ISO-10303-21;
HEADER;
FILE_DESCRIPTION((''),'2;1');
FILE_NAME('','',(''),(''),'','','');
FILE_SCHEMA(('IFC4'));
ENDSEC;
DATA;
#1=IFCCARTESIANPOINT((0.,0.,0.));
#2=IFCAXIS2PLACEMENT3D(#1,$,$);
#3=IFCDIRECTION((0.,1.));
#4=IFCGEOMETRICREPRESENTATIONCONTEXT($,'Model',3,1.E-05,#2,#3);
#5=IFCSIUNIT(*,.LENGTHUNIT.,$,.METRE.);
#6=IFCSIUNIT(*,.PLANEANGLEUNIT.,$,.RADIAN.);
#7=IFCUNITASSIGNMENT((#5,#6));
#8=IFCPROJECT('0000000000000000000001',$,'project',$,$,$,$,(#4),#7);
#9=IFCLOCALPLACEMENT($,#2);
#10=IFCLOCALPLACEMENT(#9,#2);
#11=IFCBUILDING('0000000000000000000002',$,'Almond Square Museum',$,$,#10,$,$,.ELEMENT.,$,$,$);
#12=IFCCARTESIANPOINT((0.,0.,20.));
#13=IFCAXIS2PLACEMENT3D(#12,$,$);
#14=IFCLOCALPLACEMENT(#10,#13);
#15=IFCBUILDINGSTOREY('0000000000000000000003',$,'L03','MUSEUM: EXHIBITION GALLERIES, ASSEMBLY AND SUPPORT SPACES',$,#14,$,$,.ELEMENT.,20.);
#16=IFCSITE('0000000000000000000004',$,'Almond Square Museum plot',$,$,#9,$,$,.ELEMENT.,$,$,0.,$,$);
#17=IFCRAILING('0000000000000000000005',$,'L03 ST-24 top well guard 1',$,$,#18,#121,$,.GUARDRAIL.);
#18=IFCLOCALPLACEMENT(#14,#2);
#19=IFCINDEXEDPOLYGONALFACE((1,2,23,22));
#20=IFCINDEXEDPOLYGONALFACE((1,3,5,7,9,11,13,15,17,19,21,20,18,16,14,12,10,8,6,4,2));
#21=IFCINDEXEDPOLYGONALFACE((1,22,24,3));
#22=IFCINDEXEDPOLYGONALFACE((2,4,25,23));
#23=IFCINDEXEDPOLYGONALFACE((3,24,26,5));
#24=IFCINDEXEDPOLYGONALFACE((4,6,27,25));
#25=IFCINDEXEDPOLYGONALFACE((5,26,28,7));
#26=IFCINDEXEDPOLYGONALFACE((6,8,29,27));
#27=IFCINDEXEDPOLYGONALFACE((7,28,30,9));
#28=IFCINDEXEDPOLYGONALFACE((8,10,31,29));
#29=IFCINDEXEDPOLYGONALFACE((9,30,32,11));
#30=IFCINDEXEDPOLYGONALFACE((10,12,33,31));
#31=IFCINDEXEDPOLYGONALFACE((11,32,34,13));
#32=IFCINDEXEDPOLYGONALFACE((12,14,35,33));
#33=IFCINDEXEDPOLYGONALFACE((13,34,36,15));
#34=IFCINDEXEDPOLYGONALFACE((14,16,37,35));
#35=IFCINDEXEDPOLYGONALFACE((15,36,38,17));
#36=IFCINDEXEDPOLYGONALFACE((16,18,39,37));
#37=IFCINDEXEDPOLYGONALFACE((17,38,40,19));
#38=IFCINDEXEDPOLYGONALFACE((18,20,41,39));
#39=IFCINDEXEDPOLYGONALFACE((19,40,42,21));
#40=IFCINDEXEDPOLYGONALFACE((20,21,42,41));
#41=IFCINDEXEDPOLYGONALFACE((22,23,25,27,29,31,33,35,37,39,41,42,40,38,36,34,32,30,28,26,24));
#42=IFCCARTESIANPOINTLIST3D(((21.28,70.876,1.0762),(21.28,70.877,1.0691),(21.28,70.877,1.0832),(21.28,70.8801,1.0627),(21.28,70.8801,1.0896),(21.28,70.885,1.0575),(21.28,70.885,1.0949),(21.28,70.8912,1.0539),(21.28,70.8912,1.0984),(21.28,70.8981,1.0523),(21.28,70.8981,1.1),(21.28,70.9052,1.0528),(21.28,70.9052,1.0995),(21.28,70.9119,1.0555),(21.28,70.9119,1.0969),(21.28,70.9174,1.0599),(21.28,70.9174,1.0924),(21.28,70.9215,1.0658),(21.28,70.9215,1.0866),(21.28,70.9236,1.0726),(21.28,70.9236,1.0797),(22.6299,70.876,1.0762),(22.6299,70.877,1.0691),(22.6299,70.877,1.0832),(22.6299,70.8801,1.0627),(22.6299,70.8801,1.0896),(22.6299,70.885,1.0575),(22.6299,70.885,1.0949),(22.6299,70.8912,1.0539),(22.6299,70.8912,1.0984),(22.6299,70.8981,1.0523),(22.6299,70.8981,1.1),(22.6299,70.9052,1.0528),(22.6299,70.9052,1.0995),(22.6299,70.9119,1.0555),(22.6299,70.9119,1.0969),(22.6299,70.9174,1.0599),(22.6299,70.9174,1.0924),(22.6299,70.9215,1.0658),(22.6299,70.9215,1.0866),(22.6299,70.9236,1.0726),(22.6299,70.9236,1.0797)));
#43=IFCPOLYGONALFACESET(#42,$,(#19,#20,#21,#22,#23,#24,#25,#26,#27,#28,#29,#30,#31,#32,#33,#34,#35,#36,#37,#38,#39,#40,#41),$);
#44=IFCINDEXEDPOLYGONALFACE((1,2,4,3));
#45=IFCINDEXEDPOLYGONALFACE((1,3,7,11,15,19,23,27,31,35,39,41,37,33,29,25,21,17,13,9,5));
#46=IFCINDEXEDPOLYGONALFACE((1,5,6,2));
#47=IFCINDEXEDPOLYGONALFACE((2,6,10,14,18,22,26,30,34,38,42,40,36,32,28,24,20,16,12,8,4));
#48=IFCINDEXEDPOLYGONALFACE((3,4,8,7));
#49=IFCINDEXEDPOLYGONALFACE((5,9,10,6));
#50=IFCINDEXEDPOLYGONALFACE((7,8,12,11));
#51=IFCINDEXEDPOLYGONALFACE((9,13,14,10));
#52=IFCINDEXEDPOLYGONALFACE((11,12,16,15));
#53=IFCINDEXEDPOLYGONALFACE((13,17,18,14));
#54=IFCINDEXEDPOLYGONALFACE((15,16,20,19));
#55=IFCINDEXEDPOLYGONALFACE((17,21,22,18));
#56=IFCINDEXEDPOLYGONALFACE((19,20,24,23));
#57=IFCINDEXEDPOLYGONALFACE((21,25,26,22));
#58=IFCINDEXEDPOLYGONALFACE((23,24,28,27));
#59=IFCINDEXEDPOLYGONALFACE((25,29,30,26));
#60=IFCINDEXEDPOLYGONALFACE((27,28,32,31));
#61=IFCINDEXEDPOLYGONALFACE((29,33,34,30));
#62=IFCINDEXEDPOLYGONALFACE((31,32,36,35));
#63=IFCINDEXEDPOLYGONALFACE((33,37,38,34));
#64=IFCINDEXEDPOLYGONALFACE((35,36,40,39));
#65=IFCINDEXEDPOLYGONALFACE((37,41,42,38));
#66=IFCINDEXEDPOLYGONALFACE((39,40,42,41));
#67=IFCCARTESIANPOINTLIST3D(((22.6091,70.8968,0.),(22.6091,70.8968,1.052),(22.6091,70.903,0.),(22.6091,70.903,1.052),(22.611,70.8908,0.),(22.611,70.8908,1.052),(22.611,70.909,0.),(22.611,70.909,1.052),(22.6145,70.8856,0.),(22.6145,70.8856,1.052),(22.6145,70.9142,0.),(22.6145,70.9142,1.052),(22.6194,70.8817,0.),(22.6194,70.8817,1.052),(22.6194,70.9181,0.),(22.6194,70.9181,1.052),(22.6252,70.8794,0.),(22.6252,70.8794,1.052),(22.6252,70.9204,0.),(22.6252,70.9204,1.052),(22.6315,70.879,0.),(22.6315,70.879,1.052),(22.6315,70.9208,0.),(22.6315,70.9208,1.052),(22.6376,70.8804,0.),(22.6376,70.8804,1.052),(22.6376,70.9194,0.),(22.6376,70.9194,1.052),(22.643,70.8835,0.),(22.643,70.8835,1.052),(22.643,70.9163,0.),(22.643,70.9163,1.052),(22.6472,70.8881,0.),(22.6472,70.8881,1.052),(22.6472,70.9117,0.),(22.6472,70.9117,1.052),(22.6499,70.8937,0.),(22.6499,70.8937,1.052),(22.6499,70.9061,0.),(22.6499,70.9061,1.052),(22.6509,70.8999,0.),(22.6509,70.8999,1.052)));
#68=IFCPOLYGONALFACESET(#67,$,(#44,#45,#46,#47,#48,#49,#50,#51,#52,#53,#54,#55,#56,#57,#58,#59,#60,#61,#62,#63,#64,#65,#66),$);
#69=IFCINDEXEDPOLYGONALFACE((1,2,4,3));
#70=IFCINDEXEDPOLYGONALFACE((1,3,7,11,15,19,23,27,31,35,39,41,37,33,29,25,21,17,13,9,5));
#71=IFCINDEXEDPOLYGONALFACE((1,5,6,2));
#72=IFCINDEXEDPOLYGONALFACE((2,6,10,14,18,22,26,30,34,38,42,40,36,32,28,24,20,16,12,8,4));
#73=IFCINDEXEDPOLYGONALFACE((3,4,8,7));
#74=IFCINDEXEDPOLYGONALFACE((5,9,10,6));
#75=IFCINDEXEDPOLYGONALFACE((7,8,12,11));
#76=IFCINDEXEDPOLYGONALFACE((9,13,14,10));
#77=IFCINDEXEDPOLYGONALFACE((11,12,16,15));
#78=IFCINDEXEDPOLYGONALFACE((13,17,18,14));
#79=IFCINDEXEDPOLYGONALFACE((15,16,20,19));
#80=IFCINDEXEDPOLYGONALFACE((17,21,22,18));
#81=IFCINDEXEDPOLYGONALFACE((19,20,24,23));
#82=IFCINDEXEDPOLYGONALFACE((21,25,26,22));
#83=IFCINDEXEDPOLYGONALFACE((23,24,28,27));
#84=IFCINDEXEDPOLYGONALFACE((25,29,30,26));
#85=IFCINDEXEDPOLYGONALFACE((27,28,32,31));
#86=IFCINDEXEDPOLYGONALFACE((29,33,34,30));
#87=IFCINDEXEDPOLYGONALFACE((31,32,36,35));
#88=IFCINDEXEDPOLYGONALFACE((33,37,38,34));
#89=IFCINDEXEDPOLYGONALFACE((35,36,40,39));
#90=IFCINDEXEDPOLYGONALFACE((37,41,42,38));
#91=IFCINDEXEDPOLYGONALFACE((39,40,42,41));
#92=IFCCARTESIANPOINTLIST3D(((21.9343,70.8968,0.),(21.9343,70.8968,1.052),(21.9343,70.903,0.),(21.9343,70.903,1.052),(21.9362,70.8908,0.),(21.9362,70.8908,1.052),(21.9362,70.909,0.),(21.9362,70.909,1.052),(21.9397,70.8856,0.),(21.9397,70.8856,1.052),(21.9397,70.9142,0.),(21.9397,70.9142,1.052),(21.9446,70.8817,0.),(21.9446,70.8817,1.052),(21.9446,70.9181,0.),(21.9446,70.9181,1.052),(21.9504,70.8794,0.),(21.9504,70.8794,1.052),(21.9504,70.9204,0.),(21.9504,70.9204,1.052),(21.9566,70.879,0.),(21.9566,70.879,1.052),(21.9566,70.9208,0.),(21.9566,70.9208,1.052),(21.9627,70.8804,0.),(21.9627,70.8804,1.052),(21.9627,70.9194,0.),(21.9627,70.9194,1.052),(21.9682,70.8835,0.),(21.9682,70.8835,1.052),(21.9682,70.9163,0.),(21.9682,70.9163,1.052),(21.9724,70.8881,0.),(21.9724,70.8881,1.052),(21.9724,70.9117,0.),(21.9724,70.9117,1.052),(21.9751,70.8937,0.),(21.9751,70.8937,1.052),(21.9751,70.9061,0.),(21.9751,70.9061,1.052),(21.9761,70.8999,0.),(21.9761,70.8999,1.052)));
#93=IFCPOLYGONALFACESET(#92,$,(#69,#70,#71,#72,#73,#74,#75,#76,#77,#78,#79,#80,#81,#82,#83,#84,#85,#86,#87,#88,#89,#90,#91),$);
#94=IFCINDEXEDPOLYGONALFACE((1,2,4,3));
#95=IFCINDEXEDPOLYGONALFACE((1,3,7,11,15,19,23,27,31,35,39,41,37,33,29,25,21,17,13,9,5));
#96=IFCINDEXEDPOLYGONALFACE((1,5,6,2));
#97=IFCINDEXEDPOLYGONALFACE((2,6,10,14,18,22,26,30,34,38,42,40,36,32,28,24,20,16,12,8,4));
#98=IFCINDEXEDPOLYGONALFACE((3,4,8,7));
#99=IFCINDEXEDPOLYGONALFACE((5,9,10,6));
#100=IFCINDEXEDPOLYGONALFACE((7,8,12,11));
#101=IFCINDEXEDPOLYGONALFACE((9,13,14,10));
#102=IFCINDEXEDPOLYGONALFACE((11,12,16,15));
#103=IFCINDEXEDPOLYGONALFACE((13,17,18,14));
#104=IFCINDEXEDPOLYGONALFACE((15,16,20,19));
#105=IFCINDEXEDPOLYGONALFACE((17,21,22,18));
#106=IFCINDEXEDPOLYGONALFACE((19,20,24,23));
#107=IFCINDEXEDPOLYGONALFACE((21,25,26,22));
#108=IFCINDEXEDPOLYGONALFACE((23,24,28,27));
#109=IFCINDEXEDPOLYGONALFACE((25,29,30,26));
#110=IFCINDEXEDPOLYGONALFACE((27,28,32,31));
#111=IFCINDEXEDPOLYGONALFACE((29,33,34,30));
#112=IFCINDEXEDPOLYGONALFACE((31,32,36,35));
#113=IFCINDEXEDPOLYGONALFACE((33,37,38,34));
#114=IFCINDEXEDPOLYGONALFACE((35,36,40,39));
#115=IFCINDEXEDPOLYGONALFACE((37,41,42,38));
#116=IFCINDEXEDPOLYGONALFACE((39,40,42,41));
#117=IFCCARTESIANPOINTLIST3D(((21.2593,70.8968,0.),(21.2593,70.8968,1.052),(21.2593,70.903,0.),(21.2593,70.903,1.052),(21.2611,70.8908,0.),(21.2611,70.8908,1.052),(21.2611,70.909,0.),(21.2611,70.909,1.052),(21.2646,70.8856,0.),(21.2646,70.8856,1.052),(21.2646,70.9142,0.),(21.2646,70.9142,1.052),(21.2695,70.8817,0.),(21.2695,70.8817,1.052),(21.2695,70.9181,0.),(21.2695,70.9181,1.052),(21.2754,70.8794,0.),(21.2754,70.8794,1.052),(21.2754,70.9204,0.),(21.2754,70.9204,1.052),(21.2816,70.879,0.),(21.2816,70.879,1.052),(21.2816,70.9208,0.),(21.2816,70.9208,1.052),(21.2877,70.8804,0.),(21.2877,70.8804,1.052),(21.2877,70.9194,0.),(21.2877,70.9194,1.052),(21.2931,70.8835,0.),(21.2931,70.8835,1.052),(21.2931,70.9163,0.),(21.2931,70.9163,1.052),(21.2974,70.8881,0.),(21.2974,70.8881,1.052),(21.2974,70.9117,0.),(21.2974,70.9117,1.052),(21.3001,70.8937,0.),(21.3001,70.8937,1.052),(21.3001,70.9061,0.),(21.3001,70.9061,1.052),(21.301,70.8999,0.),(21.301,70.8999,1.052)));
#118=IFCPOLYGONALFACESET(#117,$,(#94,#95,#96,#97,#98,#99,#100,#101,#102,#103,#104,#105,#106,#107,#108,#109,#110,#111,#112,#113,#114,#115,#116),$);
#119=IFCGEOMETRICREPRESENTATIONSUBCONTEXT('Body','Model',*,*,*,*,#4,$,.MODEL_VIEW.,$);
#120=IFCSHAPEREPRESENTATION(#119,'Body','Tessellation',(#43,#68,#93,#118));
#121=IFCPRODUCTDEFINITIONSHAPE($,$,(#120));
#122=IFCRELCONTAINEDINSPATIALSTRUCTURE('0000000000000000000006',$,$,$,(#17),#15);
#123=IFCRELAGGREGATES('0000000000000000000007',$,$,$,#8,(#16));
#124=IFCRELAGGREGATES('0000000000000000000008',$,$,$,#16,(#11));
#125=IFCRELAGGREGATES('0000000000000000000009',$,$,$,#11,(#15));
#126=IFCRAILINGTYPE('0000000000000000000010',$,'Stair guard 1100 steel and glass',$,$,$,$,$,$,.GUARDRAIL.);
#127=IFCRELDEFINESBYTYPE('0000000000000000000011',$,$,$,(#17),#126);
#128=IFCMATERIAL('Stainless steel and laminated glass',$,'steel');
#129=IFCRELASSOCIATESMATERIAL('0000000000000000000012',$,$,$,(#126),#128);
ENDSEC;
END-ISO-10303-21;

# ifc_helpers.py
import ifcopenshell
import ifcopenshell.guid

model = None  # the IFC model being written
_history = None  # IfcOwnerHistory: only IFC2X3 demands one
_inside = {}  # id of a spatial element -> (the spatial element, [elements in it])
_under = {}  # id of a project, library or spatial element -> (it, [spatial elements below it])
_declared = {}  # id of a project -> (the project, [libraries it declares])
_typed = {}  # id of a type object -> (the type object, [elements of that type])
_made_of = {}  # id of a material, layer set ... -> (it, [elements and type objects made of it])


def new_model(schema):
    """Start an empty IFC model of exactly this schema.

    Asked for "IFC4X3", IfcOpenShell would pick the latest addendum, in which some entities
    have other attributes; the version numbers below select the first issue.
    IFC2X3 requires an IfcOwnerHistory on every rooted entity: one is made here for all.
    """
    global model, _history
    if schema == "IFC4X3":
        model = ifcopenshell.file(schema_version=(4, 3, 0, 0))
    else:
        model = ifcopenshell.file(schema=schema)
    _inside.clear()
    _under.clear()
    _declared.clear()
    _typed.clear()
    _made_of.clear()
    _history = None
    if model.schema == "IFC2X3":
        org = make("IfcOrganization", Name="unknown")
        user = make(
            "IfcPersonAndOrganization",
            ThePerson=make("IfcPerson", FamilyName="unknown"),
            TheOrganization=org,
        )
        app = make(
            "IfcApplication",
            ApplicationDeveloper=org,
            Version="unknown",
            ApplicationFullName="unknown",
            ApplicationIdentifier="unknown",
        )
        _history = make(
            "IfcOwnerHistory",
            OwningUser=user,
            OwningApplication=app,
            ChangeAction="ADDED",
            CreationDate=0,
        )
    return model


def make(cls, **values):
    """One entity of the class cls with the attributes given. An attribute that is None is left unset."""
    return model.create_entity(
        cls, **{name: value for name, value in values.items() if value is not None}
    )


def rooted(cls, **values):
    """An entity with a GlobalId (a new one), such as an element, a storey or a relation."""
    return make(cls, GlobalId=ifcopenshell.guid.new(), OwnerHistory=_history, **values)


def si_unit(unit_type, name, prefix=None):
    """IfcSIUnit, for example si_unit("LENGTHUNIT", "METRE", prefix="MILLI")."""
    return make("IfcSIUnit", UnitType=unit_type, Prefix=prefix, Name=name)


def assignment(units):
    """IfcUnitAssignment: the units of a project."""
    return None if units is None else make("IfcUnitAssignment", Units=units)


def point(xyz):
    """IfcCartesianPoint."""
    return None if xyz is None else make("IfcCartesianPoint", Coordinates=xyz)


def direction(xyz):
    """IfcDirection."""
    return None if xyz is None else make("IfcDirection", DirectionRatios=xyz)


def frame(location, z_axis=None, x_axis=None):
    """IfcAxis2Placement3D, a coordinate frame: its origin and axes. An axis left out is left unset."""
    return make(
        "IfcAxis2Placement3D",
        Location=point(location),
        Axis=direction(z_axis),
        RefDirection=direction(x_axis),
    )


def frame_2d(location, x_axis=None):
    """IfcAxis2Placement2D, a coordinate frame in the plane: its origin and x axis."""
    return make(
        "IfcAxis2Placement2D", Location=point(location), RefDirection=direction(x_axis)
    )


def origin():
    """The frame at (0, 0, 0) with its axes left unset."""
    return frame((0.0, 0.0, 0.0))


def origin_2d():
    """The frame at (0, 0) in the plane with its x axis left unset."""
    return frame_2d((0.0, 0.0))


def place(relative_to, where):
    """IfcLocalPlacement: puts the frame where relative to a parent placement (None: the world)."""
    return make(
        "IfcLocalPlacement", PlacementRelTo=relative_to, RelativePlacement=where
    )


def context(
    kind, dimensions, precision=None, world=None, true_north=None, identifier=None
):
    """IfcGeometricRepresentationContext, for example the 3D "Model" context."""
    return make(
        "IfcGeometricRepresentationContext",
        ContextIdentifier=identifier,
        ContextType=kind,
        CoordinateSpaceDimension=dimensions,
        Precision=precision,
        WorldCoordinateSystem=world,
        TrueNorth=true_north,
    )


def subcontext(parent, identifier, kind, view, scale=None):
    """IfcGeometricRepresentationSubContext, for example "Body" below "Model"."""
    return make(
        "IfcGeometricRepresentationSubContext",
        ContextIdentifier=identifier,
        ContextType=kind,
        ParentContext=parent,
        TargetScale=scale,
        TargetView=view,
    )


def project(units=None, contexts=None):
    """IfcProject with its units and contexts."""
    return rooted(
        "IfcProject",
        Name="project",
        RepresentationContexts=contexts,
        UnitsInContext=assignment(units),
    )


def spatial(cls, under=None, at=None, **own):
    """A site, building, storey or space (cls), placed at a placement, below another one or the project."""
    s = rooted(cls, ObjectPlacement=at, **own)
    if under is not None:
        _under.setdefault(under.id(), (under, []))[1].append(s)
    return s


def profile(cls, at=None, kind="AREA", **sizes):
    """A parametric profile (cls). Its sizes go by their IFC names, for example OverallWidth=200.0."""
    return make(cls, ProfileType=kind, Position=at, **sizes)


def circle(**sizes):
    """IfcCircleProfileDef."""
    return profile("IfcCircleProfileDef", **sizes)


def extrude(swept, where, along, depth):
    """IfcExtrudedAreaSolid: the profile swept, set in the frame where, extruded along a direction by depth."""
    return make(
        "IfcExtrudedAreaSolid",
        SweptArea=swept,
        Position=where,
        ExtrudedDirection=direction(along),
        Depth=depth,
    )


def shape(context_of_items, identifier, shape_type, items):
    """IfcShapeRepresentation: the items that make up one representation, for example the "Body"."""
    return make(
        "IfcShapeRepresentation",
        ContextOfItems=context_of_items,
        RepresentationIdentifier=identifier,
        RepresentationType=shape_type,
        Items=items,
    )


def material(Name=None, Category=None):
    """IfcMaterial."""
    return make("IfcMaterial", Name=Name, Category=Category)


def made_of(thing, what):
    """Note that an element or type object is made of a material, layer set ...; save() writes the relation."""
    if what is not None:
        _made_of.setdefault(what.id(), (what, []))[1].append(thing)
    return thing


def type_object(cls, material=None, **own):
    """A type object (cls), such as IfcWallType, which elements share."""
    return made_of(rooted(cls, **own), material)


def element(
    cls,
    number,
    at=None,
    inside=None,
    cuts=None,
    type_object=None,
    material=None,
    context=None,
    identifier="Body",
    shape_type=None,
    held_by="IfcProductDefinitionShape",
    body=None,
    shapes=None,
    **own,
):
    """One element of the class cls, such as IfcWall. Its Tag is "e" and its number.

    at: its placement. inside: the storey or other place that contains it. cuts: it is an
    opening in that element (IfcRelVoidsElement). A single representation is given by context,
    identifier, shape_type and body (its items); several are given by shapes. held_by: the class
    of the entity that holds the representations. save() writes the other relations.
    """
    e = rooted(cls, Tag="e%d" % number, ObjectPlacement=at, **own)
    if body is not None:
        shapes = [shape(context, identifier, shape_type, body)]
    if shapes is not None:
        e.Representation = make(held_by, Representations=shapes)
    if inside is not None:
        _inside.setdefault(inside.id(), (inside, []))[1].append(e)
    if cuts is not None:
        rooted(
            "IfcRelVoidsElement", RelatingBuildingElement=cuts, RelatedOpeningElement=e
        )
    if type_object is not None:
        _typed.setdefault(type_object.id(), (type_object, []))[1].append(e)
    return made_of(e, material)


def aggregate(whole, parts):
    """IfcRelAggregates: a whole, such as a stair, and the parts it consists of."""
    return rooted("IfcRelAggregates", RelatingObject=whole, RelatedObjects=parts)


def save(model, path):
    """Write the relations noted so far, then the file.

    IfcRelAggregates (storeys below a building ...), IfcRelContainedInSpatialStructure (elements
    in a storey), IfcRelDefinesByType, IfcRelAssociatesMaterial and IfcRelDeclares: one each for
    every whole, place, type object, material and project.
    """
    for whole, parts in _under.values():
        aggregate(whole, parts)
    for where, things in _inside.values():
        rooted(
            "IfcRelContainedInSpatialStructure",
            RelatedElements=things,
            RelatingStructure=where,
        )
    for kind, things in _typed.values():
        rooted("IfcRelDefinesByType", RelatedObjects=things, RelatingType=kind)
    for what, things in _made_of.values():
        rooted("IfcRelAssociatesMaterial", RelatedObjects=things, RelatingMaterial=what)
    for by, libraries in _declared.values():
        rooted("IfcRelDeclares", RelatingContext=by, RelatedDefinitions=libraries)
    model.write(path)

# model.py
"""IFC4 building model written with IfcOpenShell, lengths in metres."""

from ifc_helpers import new_model, si_unit, direction, frame, origin, origin_2d, place, context, subcontext, project, spatial, circle, extrude, material, type_object, element, save


model = new_model("IFC4")

# Units and contexts
model_context = context("Model", 3, precision=1e-05, world=origin(), true_north=direction((0.0, 1.0)))
body_context = subcontext(model_context, "Body", "Model", "MODEL_VIEW")
ifc_project = project(units=[si_unit("LENGTHUNIT", "METRE"), si_unit("PLANEANGLEUNIT", "RADIAN")], contexts=[model_context])

# Site, building, storey
site_placement = place(None, origin())
site = spatial("IfcSite", under=ifc_project, at=site_placement, Name="Almond Square Museum plot", CompositionType="ELEMENT", RefElevation=0.0)
building_placement = place(site_placement, origin())
building = spatial("IfcBuilding", under=site, at=building_placement, Name="Almond Square Museum", CompositionType="ELEMENT")
storey_placement = place(building_placement, frame((0.0, 0.0, 20.0)))
storey = spatial("IfcBuildingStorey", under=building, at=storey_placement, Name="L03", Description="MUSEUM: EXHIBITION GALLERIES, ASSEMBLY AND SUPPORT SPACES", CompositionType="ELEMENT", Elevation=20.0)

# Railing
ifc_material_1 = material(Name="Stainless steel and laminated glass", Category="steel")
railing_type = type_object("IfcRailingType", Name="Stair guard 1100 steel and glass", PredefinedType="GUARDRAIL", material=ifc_material_1)
for number, where, name in (
    (1, (22.6299, 70.8999, 0.0), "L03 ST-24 top well guard 1"),
):
    element("IfcRailing", number, at=place(storey_placement, frame(where)), inside=storey, type_object=railing_type, Name=name, PredefinedType="GUARDRAIL", context=body_context, shape_type="SweptSolid", body=[
        extrude(circle(Radius=0.0239, at=origin_2d()), frame((0.0, 0.0, 1.0762), z_axis=(-1.0, 0.0, 0.0), x_axis=(0.0, -1.0, 0.0)), (0.0, 0.0, 1.0), 1.3499),
        extrude(circle(Radius=0.021, at=origin_2d()), origin(), (0.0, 0.0, 1.0), 1.052),
        extrude(circle(Radius=0.021, at=origin_2d()), frame((-0.6748, 0.0, 0.0)), (0.0, 0.0, 1.0), 1.052),
        extrude(circle(Radius=0.021, at=origin_2d()), frame((-1.3499, 0.0, 0.0)), (0.0, 0.0, 1.0), 1.052),
    ])

save(model, "model.ifc")
